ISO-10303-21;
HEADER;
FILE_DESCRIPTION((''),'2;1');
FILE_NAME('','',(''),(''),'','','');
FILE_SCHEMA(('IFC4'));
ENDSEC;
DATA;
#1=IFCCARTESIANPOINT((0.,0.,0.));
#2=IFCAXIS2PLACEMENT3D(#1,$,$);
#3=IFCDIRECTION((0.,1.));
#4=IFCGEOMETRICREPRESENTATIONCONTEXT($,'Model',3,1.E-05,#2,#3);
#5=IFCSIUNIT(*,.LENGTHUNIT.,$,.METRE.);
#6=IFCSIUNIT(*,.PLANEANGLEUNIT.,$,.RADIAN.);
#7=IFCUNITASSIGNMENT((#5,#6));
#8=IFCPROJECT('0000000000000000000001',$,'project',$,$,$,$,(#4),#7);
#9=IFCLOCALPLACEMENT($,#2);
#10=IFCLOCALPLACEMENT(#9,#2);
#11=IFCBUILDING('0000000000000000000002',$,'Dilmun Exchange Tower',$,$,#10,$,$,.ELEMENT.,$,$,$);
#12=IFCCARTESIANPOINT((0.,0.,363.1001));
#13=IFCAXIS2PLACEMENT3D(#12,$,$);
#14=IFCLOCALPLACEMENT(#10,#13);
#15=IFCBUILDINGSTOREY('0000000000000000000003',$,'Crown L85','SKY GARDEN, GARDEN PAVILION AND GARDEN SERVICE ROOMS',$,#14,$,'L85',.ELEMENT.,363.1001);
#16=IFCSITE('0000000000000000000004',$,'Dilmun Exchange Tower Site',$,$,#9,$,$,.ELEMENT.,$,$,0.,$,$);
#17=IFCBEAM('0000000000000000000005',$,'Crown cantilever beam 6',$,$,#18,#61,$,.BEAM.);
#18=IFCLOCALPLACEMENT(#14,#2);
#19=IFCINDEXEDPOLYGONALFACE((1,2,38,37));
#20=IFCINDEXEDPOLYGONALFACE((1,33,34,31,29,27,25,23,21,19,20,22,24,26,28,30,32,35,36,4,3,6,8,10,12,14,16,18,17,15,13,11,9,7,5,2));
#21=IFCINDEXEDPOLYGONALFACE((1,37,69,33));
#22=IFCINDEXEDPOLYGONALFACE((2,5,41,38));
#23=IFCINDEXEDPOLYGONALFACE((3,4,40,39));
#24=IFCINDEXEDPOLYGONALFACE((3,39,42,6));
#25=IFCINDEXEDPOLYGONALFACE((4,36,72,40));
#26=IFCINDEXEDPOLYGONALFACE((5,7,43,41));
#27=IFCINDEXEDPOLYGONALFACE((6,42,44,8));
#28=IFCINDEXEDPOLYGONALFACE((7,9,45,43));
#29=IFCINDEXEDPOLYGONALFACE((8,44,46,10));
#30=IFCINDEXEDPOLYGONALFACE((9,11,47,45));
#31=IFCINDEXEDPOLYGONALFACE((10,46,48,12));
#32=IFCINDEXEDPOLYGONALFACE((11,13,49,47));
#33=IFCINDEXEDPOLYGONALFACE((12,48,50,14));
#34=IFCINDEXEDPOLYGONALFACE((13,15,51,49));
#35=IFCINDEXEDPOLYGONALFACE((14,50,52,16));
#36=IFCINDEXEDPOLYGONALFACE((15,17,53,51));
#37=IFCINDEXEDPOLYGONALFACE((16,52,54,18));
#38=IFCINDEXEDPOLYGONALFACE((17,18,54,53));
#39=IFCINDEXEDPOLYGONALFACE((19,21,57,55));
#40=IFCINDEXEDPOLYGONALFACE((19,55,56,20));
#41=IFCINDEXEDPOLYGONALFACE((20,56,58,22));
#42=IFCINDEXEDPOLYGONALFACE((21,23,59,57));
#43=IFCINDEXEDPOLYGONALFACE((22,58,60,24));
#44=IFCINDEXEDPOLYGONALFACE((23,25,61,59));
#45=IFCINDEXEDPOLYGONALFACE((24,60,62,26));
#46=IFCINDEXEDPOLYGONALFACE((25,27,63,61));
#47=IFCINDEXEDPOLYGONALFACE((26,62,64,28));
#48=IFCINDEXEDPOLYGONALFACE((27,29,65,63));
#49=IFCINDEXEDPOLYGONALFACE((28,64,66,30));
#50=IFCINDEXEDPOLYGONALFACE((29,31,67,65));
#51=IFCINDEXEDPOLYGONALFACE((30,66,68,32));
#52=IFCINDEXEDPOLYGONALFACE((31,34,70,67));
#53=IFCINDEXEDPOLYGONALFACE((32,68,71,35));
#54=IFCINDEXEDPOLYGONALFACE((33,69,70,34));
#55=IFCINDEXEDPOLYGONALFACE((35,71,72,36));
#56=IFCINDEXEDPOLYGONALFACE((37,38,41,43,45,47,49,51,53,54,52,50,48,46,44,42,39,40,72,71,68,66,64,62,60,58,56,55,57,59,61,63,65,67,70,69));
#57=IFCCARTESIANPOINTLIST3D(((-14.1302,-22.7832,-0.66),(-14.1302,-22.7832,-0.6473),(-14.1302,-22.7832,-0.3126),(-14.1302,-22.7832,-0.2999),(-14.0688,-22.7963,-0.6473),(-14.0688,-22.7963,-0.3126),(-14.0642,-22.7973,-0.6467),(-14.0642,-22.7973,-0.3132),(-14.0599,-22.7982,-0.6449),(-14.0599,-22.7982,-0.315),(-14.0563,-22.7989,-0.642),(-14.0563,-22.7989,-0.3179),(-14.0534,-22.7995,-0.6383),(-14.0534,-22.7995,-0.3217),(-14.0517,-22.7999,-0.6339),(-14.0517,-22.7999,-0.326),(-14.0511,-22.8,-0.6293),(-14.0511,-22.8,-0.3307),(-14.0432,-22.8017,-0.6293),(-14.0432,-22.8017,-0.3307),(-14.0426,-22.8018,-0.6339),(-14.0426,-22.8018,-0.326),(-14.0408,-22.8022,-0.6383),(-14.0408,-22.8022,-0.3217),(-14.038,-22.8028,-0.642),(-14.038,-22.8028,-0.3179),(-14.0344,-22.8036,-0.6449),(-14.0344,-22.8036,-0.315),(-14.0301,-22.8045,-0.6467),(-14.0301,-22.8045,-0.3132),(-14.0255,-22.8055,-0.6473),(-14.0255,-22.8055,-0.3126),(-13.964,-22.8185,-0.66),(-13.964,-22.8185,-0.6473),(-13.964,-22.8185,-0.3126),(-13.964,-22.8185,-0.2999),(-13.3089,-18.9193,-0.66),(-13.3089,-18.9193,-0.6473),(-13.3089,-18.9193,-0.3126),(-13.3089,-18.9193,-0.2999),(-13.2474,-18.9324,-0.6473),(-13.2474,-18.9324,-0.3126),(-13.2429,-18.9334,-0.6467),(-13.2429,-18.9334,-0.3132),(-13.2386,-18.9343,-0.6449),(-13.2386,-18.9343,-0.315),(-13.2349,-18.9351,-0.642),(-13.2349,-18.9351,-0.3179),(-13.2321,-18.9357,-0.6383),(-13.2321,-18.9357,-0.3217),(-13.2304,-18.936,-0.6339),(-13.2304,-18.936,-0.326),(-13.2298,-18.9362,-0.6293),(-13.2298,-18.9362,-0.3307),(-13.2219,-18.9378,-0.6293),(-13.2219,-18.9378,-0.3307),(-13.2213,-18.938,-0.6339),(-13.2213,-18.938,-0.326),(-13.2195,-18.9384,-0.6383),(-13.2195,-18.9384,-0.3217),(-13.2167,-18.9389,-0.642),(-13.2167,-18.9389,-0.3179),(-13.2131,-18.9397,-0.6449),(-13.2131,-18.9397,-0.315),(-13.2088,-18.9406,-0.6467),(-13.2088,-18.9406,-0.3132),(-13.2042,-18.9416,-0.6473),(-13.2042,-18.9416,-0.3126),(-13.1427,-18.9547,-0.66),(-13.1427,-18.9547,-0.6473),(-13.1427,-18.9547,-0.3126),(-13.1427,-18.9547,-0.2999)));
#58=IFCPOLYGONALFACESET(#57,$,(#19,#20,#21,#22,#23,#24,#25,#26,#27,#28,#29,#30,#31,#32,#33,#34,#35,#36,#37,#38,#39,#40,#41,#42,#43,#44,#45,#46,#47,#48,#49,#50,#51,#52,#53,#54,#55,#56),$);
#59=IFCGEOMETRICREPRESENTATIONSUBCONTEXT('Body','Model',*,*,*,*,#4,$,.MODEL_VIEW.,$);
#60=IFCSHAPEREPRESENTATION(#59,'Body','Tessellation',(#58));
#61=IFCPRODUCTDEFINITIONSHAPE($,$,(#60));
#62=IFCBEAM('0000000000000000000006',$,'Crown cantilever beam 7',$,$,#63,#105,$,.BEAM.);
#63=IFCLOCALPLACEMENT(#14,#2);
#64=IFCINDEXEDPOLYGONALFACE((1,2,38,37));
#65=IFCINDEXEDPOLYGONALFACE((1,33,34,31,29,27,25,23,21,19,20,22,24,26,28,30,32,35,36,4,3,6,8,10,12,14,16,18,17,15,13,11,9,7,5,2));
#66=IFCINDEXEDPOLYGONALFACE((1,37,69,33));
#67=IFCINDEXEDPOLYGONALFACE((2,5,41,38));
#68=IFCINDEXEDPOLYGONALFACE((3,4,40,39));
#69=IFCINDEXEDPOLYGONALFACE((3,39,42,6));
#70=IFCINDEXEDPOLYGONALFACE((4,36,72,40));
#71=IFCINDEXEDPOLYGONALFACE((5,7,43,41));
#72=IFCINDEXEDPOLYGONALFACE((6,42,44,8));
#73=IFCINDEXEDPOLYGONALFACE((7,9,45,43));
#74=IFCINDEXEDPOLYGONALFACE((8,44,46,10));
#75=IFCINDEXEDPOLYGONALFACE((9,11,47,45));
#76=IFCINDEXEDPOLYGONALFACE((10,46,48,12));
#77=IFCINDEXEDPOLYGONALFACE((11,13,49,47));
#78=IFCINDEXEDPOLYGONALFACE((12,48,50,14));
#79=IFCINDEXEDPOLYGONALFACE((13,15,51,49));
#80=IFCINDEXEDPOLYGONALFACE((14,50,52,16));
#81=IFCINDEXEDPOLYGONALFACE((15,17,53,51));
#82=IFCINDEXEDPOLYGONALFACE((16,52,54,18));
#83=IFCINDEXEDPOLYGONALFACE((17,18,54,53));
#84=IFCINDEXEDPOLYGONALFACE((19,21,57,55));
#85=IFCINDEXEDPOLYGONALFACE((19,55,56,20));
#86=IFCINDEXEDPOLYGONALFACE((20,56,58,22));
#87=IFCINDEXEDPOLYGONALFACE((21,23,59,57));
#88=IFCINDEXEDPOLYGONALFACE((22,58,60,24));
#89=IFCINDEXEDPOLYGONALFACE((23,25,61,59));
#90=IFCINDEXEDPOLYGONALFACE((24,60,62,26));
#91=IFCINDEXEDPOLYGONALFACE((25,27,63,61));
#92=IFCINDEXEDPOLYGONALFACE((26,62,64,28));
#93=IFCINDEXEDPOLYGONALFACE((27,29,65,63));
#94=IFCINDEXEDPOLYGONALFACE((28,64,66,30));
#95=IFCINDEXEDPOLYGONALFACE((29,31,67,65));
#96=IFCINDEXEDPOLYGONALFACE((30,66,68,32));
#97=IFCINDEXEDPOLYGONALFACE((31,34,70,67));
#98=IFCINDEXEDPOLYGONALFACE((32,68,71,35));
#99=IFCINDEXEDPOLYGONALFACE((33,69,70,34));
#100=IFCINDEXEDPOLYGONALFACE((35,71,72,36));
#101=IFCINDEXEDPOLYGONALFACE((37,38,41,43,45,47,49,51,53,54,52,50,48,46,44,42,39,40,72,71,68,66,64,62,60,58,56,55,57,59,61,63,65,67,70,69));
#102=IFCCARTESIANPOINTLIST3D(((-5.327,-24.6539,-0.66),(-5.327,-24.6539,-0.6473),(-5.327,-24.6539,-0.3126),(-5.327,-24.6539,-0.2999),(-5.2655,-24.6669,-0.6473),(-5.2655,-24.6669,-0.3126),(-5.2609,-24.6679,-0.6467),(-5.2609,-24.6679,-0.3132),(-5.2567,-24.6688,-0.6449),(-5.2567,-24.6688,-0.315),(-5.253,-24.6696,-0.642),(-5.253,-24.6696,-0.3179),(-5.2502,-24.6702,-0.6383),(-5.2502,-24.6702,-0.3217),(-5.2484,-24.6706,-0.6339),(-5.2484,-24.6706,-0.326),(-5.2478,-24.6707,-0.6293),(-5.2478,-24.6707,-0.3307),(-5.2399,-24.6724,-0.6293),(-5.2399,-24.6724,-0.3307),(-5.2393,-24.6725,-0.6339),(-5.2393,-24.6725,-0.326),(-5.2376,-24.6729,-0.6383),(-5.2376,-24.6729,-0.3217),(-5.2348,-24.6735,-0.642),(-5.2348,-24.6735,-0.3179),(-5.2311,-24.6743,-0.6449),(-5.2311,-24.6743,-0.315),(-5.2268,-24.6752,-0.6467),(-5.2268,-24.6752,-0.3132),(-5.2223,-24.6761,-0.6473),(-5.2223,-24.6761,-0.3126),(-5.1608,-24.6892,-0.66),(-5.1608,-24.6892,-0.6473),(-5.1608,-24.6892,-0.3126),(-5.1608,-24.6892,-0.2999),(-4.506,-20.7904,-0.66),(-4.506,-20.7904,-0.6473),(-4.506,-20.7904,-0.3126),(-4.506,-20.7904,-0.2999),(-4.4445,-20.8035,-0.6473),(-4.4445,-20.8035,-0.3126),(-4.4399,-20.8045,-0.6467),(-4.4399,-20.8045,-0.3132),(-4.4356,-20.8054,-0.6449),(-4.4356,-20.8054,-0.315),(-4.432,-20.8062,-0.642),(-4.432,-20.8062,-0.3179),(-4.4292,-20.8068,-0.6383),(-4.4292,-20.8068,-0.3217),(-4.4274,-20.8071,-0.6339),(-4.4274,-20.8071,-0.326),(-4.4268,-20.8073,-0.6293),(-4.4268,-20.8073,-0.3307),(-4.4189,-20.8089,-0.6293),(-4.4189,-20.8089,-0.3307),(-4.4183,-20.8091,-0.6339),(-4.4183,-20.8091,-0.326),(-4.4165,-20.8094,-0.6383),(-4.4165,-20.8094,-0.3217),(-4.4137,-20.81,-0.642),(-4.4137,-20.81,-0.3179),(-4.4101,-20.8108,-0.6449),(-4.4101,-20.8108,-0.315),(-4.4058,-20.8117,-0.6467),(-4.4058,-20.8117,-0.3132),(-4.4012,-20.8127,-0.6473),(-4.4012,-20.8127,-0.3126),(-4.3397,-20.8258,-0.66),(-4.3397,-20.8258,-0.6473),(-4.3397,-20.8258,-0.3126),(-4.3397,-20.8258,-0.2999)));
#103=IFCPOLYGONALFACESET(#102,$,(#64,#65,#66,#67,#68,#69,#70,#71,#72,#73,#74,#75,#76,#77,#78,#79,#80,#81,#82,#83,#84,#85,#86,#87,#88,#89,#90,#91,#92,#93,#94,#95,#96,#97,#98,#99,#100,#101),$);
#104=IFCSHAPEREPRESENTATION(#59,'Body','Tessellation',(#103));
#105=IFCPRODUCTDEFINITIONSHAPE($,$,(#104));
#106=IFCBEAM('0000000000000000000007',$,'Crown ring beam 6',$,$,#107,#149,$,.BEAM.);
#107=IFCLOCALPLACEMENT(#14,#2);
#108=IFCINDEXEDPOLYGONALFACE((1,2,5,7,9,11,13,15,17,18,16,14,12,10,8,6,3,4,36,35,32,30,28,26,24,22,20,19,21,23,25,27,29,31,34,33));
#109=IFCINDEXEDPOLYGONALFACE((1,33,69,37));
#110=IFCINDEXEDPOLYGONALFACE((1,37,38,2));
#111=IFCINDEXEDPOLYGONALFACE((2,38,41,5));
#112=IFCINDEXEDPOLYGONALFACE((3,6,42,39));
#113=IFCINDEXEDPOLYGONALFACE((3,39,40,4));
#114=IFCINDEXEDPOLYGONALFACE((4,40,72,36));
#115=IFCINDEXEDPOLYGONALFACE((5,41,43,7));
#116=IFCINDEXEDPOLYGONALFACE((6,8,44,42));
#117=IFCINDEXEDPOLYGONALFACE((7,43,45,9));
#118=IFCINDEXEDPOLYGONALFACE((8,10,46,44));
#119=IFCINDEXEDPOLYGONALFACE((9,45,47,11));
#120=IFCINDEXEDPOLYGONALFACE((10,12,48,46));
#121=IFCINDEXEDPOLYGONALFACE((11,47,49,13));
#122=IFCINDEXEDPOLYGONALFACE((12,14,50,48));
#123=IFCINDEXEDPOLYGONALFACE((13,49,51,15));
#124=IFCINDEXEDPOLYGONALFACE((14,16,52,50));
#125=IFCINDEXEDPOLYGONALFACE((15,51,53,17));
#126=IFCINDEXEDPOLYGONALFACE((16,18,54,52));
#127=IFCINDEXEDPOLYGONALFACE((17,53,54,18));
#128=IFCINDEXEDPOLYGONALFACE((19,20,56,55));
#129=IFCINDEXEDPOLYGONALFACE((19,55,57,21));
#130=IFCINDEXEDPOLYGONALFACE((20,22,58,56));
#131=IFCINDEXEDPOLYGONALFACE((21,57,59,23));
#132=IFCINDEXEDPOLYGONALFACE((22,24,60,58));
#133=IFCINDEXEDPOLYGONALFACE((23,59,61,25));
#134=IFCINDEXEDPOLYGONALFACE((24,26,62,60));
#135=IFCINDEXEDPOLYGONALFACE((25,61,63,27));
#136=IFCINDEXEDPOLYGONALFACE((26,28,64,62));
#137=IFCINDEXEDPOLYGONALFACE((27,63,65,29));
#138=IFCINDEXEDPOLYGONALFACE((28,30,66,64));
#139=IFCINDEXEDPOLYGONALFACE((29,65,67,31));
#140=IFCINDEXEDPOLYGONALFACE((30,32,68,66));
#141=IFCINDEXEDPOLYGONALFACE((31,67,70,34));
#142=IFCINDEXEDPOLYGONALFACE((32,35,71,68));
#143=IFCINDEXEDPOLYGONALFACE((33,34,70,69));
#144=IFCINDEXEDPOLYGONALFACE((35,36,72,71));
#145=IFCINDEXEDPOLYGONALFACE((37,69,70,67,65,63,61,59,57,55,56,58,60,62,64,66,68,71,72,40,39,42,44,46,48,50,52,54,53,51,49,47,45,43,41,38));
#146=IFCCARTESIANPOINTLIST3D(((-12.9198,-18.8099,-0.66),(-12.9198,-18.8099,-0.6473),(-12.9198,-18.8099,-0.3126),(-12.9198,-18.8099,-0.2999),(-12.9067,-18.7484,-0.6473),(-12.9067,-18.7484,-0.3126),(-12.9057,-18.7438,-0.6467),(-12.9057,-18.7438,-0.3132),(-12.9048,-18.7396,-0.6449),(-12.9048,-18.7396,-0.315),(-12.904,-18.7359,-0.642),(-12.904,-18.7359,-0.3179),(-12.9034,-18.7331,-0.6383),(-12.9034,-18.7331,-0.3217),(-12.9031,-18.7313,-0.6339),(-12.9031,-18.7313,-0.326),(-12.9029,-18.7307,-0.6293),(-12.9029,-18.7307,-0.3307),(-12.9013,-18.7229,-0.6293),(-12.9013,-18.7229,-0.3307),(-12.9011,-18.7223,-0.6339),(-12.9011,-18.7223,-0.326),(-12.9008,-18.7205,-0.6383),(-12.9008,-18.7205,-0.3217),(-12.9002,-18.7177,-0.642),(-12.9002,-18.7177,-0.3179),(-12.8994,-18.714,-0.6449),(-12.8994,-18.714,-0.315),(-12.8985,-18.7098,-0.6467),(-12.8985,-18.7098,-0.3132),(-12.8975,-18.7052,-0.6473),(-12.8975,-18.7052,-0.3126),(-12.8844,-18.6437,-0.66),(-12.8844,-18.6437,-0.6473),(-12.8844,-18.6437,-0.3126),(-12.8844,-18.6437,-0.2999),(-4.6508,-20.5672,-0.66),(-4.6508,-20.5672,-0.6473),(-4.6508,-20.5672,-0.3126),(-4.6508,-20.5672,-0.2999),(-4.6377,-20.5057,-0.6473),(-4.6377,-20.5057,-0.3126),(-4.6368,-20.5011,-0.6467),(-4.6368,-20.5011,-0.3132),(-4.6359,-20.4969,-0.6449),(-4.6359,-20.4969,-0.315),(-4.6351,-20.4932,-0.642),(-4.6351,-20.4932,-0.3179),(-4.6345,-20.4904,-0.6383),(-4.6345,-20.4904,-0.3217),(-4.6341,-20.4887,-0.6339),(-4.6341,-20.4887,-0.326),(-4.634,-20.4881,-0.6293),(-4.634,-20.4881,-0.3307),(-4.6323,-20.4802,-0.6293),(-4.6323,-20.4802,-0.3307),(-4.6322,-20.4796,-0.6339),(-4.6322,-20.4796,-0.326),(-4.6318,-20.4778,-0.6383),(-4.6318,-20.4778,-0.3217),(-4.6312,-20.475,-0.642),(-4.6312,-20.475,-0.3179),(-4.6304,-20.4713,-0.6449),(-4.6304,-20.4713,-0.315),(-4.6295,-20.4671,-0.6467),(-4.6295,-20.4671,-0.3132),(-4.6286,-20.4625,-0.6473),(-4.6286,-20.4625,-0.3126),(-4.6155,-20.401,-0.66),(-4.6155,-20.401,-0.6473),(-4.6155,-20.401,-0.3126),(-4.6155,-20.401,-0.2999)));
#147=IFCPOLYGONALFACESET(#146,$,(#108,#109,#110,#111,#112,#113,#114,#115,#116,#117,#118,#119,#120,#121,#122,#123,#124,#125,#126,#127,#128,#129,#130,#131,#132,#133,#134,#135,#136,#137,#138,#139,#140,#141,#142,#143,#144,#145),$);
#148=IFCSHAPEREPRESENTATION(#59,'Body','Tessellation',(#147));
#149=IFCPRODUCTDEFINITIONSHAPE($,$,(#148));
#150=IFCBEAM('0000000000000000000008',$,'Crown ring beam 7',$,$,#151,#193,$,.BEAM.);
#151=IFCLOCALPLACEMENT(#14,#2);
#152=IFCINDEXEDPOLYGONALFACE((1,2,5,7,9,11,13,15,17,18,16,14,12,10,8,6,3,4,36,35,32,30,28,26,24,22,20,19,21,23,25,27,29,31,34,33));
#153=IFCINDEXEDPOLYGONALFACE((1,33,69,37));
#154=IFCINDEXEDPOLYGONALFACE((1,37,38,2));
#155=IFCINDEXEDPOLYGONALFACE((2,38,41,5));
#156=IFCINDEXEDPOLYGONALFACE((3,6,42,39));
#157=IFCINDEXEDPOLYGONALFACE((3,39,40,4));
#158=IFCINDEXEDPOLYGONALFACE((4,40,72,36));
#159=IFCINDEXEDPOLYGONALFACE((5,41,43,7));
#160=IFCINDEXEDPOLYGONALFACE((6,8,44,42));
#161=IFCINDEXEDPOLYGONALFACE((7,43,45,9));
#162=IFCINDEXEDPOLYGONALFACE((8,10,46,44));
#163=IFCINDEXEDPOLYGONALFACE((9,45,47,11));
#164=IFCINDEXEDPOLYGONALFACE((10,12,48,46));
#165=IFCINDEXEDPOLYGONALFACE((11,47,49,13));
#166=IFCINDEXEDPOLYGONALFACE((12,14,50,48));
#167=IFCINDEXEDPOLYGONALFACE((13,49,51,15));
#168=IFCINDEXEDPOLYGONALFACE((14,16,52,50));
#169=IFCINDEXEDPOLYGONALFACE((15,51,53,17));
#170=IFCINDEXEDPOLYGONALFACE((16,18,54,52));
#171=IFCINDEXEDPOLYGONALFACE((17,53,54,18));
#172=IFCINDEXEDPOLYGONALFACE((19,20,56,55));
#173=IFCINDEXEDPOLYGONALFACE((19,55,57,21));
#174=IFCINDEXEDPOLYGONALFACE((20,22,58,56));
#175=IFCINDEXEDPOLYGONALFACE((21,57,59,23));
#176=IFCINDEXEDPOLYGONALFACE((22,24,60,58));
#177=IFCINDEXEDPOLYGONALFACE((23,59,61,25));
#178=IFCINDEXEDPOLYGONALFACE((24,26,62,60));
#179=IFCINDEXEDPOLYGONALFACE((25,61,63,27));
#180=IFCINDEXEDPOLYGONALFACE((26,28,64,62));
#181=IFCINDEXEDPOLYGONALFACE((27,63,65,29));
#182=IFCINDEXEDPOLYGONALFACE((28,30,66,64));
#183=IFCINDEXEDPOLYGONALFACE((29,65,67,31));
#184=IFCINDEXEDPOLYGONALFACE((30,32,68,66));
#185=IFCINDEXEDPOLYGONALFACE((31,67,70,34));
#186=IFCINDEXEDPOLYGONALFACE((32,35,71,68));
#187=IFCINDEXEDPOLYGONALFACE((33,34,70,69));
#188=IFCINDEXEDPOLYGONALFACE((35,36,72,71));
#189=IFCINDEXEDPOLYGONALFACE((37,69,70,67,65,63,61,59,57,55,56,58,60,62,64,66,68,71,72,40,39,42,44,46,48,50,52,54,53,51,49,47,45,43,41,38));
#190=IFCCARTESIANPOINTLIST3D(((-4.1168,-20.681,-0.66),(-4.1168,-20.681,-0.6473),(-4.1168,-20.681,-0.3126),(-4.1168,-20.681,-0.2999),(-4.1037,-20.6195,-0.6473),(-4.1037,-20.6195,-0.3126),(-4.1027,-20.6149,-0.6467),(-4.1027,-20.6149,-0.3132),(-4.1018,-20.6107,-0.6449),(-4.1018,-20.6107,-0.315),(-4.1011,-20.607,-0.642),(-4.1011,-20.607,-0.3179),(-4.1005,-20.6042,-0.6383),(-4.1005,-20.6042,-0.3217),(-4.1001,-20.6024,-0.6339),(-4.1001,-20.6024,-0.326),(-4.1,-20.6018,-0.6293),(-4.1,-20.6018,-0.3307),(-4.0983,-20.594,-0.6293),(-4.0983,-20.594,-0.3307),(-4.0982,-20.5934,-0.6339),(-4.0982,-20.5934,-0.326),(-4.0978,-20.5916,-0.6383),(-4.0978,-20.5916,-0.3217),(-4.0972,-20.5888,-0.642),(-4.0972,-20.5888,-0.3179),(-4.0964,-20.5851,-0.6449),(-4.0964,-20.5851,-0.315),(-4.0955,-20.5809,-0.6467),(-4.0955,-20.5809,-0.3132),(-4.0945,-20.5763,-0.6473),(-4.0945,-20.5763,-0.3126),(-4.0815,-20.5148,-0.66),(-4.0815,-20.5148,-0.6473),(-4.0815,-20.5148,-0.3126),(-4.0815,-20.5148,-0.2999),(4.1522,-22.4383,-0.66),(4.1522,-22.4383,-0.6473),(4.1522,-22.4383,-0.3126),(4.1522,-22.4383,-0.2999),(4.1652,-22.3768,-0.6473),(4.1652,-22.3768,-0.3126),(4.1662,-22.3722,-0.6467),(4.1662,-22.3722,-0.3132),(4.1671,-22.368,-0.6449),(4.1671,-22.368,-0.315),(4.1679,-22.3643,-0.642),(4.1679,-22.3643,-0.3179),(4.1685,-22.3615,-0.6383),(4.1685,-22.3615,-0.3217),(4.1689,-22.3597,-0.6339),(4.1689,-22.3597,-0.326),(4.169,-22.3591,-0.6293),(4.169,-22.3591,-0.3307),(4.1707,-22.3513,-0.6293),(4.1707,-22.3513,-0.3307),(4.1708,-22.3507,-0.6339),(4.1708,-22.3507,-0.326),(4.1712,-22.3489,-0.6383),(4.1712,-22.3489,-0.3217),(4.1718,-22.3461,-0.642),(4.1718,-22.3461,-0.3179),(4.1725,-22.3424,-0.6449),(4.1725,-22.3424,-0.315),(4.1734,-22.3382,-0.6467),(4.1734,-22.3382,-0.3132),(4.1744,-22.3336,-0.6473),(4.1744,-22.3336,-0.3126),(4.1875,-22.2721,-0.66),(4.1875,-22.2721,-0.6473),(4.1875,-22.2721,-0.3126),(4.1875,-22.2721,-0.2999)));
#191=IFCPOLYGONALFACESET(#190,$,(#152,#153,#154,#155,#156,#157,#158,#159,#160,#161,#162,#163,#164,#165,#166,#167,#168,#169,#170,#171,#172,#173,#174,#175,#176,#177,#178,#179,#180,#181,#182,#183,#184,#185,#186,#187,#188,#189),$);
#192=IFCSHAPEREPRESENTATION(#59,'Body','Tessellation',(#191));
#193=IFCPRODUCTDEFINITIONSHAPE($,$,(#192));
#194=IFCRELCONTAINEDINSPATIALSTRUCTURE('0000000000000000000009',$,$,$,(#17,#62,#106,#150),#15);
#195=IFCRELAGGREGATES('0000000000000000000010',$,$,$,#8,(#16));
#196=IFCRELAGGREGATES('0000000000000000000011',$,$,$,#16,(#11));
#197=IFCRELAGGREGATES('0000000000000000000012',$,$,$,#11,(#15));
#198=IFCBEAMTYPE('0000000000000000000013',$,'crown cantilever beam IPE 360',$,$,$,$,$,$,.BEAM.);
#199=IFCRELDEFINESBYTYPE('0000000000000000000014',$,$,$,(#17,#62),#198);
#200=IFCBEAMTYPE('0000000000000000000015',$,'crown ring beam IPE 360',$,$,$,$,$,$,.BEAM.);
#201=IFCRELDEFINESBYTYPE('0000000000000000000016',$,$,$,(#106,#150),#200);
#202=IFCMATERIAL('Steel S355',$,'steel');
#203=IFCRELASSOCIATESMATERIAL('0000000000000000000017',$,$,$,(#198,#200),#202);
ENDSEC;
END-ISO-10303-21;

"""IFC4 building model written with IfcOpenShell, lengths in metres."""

from ifc_helpers import new_model, si_unit, direction, frame, origin, origin_2d, place, context, subcontext, project, spatial, i_section, extrude, material, material_profile, profile_set, type_object, element, save


model = new_model("IFC4")

# Units and contexts
model_context = context("Model", 3, precision=1e-05, world=origin(), true_north=direction((0.0, 1.0)))
body_context = subcontext(model_context, "Body", "Model", "MODEL_VIEW")
ifc_project = project(units=[si_unit("LENGTHUNIT", "METRE"), si_unit("PLANEANGLEUNIT", "RADIAN")], contexts=[model_context])

# Site, building, storey
site_placement = place(None, origin())
site = spatial("IfcSite", under=ifc_project, at=site_placement, Name="Dilmun Exchange Tower Site", CompositionType="ELEMENT", RefElevation=0.0)
building_placement = place(site_placement, origin())
building = spatial("IfcBuilding", under=site, at=building_placement, Name="Dilmun Exchange Tower", CompositionType="ELEMENT")
storey_placement = place(building_placement, frame((0.0, 0.0, 363.1001)))
storey = spatial("IfcBuildingStorey", under=building, at=storey_placement, Name="Crown L85", Description="SKY GARDEN, GARDEN PAVILION AND GARDEN SERVICE ROOMS", LongName="L85", CompositionType="ELEMENT", Elevation=363.1001)

# Beams
ifc_material_1 = material(Name="Steel S355", Category="steel")
ifc_material_profile_1 = material_profile(ifc_material_1, i_section(OverallWidth=0.1699, OverallDepth=0.3601, WebThickness=0.0081, FlangeThickness=0.0127, FilletRadius=0.0181, at=origin_2d()), Name="IPE 360")
ifc_profile_set_1 = profile_set([ifc_material_profile_1], Name="Steel S355")
beam_type_1 = type_object("IfcBeamType", Name="crown cantilever beam IPE 360", PredefinedType="BEAM", material=ifc_profile_set_1)
beam_1_placement = place(storey_placement, frame((-13.2258, -18.937, -0.48), z_axis=(-0.207916, -0.978147, 0.0), x_axis=(0.978147, -0.207916, 0.0)))
element("IfcBeam", 1, at=beam_1_placement, inside=storey, type_object=beam_type_1, Name="Crown cantilever beam 6", PredefinedType="BEAM", context=body_context, shape_type="SweptSolid", body=[
    extrude(i_section(OverallWidth=0.1699, OverallDepth=0.3601, WebThickness=0.0081, FlangeThickness=0.0127, FilletRadius=0.0181, at=origin_2d()), origin(), (0.0, 0.0, 1.0), 3.9502),
])
beam_2_placement = place(storey_placement, frame((-4.4229, -20.8081, -0.48), z_axis=(-0.20787, -0.978156, 0.0), x_axis=(0.978156, -0.20787, 0.0)))
element("IfcBeam", 2, at=beam_2_placement, inside=storey, type_object=beam_type_1, Name="Crown cantilever beam 7", PredefinedType="BEAM", context=body_context, shape_type="SweptSolid", body=[
    extrude(i_section(OverallWidth=0.1699, OverallDepth=0.3601, WebThickness=0.0081, FlangeThickness=0.0127, FilletRadius=0.0181, at=origin_2d()), origin(), (0.0, 0.0, 1.0), 3.9497),
])
ifc_material_profile_2 = material_profile(ifc_material_1, i_section(OverallWidth=0.1699, OverallDepth=0.3601, WebThickness=0.0081, FlangeThickness=0.0127, FilletRadius=0.0181, at=origin_2d()), Name="IPE 360")
ifc_profile_set_2 = profile_set([ifc_material_profile_2], Name="Steel S355")
beam_type_2 = type_object("IfcBeamType", Name="crown ring beam IPE 360", PredefinedType="BEAM", material=ifc_profile_set_2)
for number, where, z_axis, x_axis, name in (
    (3, (-12.9021, -18.7268, -0.48), (0.978155, -0.207876, 0.0), (0.207876, 0.978155, 0.0), "Crown ring beam 6"),
    (4, (-4.0991, -20.5979, -0.48), (0.978155, -0.207876, 0.0), (0.207876, 0.978155, 0.0), "Crown ring beam 7"),
):
    element("IfcBeam", number, at=place(storey_placement, frame(where, z_axis=z_axis, x_axis=x_axis)), inside=storey, type_object=beam_type_2, Name=name, PredefinedType="BEAM", context=body_context, shape_type="SweptSolid", body=[
        extrude(i_section(OverallWidth=0.1699, OverallDepth=0.3601, WebThickness=0.0081, FlangeThickness=0.0127, FilletRadius=0.0181, at=origin_2d()), origin(), (0.0, 0.0, 1.0), 8.4536),
    ])

save(model, "model.ifc")
